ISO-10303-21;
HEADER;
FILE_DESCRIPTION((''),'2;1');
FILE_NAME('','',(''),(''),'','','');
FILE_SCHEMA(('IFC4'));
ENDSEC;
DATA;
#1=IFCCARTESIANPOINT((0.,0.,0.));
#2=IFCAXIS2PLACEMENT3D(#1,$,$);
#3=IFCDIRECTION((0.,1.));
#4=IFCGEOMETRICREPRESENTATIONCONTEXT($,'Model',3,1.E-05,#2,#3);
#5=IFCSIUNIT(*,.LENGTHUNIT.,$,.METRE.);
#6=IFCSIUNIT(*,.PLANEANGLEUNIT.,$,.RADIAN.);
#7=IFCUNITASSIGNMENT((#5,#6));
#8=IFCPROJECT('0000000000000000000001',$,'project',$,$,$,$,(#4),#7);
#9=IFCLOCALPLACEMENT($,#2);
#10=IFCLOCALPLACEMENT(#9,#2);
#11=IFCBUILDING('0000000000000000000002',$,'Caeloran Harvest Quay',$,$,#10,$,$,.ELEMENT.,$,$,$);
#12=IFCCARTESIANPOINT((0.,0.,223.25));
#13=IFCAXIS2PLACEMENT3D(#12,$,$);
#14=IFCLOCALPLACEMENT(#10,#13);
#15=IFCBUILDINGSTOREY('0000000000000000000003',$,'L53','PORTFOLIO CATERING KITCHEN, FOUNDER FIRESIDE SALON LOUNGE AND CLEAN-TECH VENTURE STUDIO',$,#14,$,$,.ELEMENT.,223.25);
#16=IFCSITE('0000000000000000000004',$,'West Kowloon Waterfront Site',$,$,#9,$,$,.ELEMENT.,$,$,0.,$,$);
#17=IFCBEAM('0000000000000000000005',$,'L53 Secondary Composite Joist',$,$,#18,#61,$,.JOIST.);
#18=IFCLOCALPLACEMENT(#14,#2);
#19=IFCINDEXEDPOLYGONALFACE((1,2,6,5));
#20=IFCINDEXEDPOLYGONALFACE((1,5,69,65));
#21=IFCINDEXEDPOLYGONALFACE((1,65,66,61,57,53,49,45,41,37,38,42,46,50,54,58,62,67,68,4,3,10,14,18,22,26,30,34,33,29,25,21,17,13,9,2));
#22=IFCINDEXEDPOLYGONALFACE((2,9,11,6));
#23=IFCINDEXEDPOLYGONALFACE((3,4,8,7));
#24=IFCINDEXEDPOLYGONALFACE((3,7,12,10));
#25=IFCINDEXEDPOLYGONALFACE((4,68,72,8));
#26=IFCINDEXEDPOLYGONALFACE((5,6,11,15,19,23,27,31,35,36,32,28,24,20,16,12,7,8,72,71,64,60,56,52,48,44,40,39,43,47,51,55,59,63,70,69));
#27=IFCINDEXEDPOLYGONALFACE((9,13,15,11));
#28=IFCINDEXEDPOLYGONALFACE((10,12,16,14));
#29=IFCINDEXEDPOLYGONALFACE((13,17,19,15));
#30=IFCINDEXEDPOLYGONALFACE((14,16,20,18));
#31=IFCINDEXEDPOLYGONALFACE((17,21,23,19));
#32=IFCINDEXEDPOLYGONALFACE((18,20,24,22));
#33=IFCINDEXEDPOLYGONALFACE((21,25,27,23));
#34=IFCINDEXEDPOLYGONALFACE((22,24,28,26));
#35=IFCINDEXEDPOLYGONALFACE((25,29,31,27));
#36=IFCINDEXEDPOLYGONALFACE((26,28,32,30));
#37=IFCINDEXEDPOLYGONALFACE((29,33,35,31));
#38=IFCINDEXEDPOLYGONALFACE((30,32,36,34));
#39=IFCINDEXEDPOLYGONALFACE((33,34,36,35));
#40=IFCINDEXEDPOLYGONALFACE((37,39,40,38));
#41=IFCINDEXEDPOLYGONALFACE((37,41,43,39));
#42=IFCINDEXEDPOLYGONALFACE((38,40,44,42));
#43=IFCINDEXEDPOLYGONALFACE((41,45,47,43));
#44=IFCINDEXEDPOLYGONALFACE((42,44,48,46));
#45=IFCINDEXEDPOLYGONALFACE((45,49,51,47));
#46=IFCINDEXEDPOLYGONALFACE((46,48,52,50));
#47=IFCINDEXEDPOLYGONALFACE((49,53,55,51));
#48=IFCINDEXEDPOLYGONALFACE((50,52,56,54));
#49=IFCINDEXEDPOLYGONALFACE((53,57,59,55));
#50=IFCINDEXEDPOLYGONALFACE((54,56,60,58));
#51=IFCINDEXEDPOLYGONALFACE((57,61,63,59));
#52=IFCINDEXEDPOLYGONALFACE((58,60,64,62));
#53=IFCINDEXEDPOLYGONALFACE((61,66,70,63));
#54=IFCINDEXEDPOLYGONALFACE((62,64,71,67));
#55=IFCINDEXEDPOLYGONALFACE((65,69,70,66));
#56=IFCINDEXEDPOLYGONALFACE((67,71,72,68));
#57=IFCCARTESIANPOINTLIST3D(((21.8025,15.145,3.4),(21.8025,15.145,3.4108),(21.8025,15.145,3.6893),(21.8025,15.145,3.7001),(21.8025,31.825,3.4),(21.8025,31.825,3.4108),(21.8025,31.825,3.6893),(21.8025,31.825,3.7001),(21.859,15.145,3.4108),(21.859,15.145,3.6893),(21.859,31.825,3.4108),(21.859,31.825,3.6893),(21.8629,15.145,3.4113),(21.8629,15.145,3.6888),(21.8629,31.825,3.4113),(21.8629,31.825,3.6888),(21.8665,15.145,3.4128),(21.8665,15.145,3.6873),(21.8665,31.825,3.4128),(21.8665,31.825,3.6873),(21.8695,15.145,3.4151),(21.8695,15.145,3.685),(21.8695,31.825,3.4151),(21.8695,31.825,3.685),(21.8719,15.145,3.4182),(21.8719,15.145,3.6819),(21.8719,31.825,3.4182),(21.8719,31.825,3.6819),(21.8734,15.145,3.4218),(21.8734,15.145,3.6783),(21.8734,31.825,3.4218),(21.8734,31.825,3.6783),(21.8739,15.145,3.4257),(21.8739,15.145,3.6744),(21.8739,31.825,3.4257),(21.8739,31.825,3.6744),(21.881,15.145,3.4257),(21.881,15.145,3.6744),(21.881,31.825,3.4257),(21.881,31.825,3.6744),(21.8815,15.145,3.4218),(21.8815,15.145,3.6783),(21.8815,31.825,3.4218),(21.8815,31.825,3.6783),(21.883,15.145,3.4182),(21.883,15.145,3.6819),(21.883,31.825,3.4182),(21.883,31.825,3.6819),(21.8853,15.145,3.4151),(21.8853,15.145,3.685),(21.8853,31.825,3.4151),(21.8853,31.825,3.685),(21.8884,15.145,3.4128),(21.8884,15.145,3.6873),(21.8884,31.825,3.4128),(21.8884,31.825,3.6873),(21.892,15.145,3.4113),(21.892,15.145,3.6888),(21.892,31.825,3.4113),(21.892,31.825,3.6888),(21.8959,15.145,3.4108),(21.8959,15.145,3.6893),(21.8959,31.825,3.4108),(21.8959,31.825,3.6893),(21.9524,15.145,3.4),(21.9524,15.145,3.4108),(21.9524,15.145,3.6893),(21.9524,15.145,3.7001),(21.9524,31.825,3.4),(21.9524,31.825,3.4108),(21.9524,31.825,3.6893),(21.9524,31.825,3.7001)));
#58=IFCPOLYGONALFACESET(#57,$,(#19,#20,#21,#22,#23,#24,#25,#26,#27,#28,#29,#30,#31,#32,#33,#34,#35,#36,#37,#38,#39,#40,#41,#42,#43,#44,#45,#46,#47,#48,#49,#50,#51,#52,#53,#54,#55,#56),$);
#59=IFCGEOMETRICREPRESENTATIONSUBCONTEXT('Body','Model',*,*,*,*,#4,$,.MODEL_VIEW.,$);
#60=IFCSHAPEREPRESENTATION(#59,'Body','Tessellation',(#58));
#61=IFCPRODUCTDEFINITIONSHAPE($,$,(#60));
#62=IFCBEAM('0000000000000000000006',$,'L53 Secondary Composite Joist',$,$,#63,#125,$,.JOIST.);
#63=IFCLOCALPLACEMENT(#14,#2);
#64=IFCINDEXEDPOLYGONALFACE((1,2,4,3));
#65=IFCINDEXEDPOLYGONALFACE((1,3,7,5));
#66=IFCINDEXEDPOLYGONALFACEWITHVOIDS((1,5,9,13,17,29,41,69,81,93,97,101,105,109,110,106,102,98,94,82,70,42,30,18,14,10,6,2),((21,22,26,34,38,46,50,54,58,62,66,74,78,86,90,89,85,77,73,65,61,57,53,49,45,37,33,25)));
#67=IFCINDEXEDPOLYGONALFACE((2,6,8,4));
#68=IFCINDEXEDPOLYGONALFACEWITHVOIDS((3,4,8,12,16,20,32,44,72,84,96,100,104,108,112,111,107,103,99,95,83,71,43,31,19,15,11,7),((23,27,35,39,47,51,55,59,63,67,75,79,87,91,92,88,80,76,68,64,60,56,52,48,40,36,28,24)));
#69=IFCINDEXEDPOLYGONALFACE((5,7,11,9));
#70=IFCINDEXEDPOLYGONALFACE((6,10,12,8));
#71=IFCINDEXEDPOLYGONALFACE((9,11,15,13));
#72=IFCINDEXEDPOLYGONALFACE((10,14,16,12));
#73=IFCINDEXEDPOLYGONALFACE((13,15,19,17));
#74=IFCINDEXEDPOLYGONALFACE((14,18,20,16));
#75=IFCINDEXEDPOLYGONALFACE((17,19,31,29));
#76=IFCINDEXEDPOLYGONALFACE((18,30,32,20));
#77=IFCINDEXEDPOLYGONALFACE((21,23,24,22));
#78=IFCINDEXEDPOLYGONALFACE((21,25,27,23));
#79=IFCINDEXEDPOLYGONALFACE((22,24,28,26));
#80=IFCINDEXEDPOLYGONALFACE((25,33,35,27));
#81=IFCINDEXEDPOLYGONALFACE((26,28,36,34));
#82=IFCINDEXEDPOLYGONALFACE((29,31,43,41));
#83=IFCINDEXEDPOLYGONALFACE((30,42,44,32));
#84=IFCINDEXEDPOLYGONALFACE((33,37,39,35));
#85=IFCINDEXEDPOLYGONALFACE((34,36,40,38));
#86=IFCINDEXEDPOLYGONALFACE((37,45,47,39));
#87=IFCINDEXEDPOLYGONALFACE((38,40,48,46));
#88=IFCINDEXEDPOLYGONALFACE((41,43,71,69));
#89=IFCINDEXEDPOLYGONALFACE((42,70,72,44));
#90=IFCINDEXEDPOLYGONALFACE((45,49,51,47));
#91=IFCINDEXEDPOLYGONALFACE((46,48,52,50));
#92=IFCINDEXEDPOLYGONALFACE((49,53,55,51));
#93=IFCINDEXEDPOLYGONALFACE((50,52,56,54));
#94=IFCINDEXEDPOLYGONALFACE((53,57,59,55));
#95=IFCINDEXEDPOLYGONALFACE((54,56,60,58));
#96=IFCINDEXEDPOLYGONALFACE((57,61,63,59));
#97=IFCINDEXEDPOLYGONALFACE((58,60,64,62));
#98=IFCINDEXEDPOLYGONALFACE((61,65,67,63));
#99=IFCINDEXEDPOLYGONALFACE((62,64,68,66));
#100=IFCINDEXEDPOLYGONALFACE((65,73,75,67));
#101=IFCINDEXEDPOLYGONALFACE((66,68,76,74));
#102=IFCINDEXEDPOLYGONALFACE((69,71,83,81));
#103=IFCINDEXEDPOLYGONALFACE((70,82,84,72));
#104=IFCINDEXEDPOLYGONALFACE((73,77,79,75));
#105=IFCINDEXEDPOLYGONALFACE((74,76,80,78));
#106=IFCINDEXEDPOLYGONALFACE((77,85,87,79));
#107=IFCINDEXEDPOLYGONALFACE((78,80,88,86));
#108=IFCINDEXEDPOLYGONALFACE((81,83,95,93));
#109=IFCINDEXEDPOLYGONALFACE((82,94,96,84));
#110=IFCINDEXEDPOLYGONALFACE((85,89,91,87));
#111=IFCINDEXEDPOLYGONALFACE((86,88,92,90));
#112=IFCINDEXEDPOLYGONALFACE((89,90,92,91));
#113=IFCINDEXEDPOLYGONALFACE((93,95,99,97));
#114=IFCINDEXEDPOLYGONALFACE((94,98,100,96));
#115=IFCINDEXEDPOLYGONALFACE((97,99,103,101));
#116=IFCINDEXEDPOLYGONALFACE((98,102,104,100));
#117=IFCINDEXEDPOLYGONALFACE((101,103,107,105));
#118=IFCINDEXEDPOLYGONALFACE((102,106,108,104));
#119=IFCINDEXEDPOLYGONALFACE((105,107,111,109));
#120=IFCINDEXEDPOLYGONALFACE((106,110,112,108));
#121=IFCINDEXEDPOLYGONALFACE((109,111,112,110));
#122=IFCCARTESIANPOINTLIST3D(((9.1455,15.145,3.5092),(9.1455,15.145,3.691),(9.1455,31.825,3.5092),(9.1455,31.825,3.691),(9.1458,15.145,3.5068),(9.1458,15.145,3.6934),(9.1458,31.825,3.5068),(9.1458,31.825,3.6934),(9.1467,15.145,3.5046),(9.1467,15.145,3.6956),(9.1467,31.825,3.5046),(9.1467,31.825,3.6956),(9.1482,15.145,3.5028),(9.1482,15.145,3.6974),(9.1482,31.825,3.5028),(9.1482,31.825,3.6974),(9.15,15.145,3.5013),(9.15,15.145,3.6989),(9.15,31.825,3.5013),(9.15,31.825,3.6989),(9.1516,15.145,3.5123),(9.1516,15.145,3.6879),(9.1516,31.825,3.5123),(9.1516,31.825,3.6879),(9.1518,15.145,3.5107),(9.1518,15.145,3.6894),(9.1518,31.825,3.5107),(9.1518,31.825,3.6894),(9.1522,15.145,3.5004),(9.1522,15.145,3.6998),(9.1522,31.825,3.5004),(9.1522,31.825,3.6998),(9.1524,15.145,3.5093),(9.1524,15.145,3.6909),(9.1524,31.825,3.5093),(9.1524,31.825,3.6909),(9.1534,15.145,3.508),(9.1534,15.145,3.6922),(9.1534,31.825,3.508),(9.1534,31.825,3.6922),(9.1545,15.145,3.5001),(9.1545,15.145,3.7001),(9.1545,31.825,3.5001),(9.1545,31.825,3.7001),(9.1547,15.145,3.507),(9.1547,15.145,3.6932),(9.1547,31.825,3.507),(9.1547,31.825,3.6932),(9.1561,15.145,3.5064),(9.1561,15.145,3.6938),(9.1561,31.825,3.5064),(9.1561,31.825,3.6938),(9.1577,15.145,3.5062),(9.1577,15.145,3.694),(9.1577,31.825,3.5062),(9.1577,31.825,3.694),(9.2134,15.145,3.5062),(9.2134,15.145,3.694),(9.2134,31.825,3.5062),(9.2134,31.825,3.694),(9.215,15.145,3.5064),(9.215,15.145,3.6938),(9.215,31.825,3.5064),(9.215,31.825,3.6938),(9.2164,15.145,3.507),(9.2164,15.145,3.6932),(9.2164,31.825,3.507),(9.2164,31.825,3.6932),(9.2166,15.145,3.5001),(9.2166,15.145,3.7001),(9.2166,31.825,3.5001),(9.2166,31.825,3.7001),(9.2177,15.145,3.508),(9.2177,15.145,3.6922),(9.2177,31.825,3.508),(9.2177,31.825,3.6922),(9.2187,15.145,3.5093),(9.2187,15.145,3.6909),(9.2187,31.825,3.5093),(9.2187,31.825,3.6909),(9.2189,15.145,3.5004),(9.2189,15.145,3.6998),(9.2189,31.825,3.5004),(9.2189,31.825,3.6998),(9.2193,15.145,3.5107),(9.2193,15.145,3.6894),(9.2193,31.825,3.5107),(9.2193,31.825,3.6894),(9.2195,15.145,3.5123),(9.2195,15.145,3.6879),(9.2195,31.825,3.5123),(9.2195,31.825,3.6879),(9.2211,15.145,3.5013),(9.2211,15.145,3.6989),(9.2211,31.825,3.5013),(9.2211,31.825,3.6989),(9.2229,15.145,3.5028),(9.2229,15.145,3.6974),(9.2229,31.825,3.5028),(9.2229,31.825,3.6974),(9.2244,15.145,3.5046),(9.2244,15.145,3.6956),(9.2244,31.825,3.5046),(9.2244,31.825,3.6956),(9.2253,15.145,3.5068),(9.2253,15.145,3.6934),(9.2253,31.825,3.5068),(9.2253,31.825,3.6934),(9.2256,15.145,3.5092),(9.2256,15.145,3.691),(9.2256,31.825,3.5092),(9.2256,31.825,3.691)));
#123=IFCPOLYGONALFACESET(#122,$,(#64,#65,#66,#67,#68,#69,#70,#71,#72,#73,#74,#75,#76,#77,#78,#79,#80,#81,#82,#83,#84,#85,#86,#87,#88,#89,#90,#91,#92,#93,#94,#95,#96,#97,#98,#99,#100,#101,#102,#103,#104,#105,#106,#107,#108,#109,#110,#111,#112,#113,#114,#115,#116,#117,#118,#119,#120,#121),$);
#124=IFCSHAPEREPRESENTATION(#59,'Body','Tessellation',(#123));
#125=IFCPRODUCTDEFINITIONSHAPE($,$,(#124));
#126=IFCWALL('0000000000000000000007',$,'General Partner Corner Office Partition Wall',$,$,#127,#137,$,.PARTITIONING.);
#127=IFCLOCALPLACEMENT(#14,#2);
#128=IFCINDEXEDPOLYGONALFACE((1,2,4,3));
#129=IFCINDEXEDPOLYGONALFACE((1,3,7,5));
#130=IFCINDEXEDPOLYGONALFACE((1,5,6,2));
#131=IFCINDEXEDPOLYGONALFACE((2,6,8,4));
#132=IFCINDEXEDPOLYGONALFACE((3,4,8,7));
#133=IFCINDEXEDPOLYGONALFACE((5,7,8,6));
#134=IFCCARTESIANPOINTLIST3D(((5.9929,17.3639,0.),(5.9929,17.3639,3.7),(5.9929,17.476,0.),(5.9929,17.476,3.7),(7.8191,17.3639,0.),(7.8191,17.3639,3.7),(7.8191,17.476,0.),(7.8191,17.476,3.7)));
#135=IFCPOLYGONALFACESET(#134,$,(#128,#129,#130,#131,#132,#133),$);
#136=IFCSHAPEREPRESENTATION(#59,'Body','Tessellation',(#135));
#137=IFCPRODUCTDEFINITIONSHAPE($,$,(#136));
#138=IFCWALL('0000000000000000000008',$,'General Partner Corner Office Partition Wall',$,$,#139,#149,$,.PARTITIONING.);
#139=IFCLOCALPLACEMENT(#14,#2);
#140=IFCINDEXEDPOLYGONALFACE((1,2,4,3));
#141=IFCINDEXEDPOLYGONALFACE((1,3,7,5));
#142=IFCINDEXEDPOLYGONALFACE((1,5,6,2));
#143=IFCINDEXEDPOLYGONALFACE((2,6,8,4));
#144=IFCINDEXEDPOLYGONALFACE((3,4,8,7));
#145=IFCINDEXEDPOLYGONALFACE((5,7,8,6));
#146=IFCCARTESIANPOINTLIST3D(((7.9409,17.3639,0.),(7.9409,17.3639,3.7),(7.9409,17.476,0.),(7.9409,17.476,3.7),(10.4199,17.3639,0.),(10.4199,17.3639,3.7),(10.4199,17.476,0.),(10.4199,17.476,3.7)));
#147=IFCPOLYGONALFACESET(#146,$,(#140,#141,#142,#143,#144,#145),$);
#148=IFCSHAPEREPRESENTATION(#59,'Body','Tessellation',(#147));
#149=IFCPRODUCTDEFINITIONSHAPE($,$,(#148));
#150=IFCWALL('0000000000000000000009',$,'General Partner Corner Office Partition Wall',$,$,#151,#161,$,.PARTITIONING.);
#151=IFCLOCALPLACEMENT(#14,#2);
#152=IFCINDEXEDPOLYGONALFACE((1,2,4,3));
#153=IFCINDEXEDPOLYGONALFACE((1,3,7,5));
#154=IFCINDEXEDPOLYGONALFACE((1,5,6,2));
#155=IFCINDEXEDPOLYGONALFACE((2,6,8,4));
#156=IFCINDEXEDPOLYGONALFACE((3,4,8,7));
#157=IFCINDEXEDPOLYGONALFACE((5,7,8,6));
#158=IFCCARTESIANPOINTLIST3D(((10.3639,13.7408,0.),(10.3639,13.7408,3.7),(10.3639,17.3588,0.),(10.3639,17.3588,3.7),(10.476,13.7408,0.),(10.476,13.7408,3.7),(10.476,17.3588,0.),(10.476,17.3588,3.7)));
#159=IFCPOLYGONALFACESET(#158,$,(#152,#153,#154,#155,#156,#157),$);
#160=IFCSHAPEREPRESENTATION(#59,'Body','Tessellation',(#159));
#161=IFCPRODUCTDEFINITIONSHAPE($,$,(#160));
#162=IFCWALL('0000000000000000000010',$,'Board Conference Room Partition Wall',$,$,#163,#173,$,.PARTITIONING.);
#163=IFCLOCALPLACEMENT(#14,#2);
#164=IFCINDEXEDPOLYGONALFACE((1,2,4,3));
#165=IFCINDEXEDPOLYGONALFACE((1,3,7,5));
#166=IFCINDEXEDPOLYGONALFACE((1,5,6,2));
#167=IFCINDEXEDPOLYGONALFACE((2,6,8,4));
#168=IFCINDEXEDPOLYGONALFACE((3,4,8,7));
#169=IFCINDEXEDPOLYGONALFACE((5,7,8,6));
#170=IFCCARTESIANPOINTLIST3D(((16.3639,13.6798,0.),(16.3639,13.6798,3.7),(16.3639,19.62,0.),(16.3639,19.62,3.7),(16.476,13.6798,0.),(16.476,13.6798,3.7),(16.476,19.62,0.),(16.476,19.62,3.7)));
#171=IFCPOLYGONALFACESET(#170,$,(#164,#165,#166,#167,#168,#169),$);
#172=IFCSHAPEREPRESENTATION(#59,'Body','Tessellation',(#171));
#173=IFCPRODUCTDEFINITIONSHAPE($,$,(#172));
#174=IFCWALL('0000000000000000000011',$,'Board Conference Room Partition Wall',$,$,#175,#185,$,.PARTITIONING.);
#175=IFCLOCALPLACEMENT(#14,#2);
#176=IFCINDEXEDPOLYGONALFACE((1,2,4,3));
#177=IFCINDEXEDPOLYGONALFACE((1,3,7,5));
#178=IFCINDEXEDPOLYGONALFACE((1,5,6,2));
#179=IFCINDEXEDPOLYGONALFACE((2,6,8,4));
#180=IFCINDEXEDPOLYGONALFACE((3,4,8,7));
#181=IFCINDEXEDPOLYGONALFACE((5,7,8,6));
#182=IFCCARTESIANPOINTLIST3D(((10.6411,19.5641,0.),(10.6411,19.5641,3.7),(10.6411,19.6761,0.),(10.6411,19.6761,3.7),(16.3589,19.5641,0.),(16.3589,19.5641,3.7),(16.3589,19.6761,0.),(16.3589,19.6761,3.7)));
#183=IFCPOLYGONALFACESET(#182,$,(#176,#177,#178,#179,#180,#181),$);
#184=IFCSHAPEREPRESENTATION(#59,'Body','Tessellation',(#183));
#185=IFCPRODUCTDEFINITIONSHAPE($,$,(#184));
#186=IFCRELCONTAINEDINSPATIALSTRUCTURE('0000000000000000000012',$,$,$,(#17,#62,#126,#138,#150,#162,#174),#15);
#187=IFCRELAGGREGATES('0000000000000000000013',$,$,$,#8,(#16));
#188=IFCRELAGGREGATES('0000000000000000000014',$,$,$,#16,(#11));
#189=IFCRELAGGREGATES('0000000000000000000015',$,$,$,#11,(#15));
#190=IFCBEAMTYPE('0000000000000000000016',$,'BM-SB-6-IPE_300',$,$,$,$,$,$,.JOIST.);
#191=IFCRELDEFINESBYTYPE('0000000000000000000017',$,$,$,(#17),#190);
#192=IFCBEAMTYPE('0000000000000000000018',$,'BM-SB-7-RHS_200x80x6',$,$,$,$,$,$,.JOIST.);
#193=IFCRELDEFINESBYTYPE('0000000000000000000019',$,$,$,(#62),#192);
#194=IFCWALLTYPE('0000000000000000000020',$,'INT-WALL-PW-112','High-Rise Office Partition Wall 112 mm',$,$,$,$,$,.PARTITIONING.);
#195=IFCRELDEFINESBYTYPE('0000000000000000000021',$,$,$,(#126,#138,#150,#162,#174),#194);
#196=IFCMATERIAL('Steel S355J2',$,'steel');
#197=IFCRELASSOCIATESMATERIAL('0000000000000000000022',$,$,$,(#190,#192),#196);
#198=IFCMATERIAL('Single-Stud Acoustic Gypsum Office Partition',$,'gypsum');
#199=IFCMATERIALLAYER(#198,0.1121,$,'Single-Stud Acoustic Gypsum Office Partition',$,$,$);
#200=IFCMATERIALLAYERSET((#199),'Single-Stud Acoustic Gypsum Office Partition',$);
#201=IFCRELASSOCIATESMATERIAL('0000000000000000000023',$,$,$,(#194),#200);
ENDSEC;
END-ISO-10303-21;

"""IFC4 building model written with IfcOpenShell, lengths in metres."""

from ifc_helpers import new_model, si_unit, direction, frame, frame_2d, origin, origin_2d, place, context, subcontext, project, spatial, rectangle, hollow_rectangle, i_section, extrude, material, layer, layer_set, material_profile, profile_set, type_object, element, save


model = new_model("IFC4")

# Units and contexts
model_context = context("Model", 3, precision=1e-05, world=origin(), true_north=direction((0.0, 1.0)))
body_context = subcontext(model_context, "Body", "Model", "MODEL_VIEW")
ifc_project = project(units=[si_unit("LENGTHUNIT", "METRE"), si_unit("PLANEANGLEUNIT", "RADIAN")], contexts=[model_context])

# Site, building, storey
site_placement = place(None, origin())
site = spatial("IfcSite", under=ifc_project, at=site_placement, Name="West Kowloon Waterfront Site", CompositionType="ELEMENT", RefElevation=0.0)
building_placement = place(site_placement, origin())
building = spatial("IfcBuilding", under=site, at=building_placement, Name="Caeloran Harvest Quay", CompositionType="ELEMENT")
storey_placement = place(building_placement, frame((0.0, 0.0, 223.25)))
storey = spatial("IfcBuildingStorey", under=building, at=storey_placement, Name="L53", Description="PORTFOLIO CATERING KITCHEN, FOUNDER FIRESIDE SALON LOUNGE AND CLEAN-TECH VENTURE STUDIO", CompositionType="ELEMENT", Elevation=223.25)

# Beams
ifc_material_1 = material(Name="Steel S355J2", Category="steel")
ifc_material_profile_1 = material_profile(ifc_material_1, i_section(OverallWidth=0.1499, OverallDepth=0.3, WebThickness=0.0071, FlangeThickness=0.0107, FilletRadius=0.0149, at=origin_2d()), Name="IPE 300")
ifc_profile_set_1 = profile_set([ifc_material_profile_1], Name="Steel S355J2")
beam_type_1 = type_object("IfcBeamType", Name="BM-SB-6-IPE_300", PredefinedType="JOIST", material=ifc_profile_set_1)
for number, where, z_axis, x_axis, name in (
    (1, (21.8774, 15.145, 3.55), (0.0, 1.0, 0.0), (-1.0, 0.0, 0.0), "L53 Secondary Composite Joist"),
):
    element("IfcBeam", number, at=place(storey_placement, frame(where, z_axis=z_axis, x_axis=x_axis)), inside=storey, type_object=beam_type_1, Name=name, PredefinedType="JOIST", context=body_context, shape_type="SweptSolid", body=[
        extrude(i_section(OverallWidth=0.1499, OverallDepth=0.3, WebThickness=0.0071, FlangeThickness=0.0107, FilletRadius=0.0149, at=origin_2d()), origin(), (0.0, 0.0, 1.0), 16.6799),
    ])
ifc_material_profile_2 = material_profile(ifc_material_1, hollow_rectangle(XDim=0.0801, YDim=0.2, WallThickness=0.0061, InnerFilletRadius=0.0061, OuterFilletRadius=0.009, at=origin_2d()), Name="RHS 200x80x6")
ifc_profile_set_2 = profile_set([ifc_material_profile_2], Name="Steel S355J2")
beam_type_2 = type_object("IfcBeamType", Name="BM-SB-7-RHS_200x80x6", PredefinedType="JOIST", material=ifc_profile_set_2)
beam_1_placement = place(storey_placement, frame((9.1855, 15.145, 3.6001), z_axis=(0.0, 1.0, 0.0), x_axis=(-1.0, 0.0, 0.0)))
element("IfcBeam", 2, at=beam_1_placement, inside=storey, type_object=beam_type_2, Name="L53 Secondary Composite Joist", PredefinedType="JOIST", context=body_context, shape_type="SweptSolid", body=[
    extrude(hollow_rectangle(XDim=0.0801, YDim=0.2, WallThickness=0.0061, InnerFilletRadius=0.0061, OuterFilletRadius=0.009, at=origin_2d()), origin(), (0.0, 0.0, 1.0), 16.6799),
])

# Walls
ifc_material_2 = material(Name="Single-Stud Acoustic Gypsum Office Partition", Category="gypsum")
ifc_layer_1 = layer(ifc_material_2, 0.1121, Name="Single-Stud Acoustic Gypsum Office Partition")
ifc_layer_set_1 = layer_set([ifc_layer_1], Name="Single-Stud Acoustic Gypsum Office Partition")
wall_type_1 = type_object("IfcWallType", Name="INT-WALL-PW-112", Description="High-Rise Office Partition Wall 112 mm", PredefinedType="PARTITIONING", material=ifc_layer_set_1)
wall_1_placement = place(storey_placement, frame((5.9929, 17.4199, 0.0), z_axis=(0.0, 0.0, 1.0), x_axis=(1.0, 0.0, 0.0)))
element("IfcWall", 3, at=wall_1_placement, inside=storey, type_object=wall_type_1, Name="General Partner Corner Office Partition Wall", PredefinedType="PARTITIONING", context=body_context, shape_type="SweptSolid", body=[
    extrude(rectangle(XDim=1.8262, YDim=0.1121, at=frame_2d((0.9131, 0.0))), origin(), (0.0, 0.0, 1.0), 3.7),
])
wall_2_placement = place(storey_placement, frame((7.9409, 17.4199, 0.0), z_axis=(0.0, 0.0, 1.0), x_axis=(1.0, 0.0, 0.0)))
element("IfcWall", 4, at=wall_2_placement, inside=storey, type_object=wall_type_1, Name="General Partner Corner Office Partition Wall", PredefinedType="PARTITIONING", context=body_context, shape_type="SweptSolid", body=[
    extrude(rectangle(XDim=2.479, YDim=0.1121, at=frame_2d((1.2395, 0.0))), origin(), (0.0, 0.0, 1.0), 3.7),
])
wall_3_placement = place(storey_placement, frame((10.4199, 17.3589, 0.0), z_axis=(0.0, 0.0, 1.0), x_axis=(0.0, -1.0, 0.0)))
element("IfcWall", 5, at=wall_3_placement, inside=storey, type_object=wall_type_1, Name="General Partner Corner Office Partition Wall", PredefinedType="PARTITIONING", context=body_context, shape_type="SweptSolid", body=[
    extrude(rectangle(XDim=3.6179, YDim=0.1121, at=frame_2d((1.8091, 0.0))), origin(), (0.0, 0.0, 1.0), 3.7),
])
wall_4_placement = place(storey_placement, frame((16.4199, 19.6201, 0.0), z_axis=(0.0, 0.0, 1.0), x_axis=(0.0, -1.0, 0.0)))
element("IfcWall", 6, at=wall_4_placement, inside=storey, type_object=wall_type_1, Name="Board Conference Room Partition Wall", PredefinedType="PARTITIONING", context=body_context, shape_type="SweptSolid", body=[
    extrude(rectangle(XDim=5.9402, YDim=0.1121, at=frame_2d((2.9702, 0.0))), origin(), (0.0, 0.0, 1.0), 3.7),
])
wall_5_placement = place(storey_placement, frame((10.6411, 19.6201, 0.0), z_axis=(0.0, 0.0, 1.0), x_axis=(1.0, 0.0, 0.0)))
element("IfcWall", 7, at=wall_5_placement, inside=storey, type_object=wall_type_1, Name="Board Conference Room Partition Wall", PredefinedType="PARTITIONING", context=body_context, shape_type="SweptSolid", body=[
    extrude(rectangle(XDim=5.7178, YDim=0.1121, at=frame_2d((2.8589, 0.0))), origin(), (0.0, 0.0, 1.0), 3.7),
])

save(model, "model.ifc")
